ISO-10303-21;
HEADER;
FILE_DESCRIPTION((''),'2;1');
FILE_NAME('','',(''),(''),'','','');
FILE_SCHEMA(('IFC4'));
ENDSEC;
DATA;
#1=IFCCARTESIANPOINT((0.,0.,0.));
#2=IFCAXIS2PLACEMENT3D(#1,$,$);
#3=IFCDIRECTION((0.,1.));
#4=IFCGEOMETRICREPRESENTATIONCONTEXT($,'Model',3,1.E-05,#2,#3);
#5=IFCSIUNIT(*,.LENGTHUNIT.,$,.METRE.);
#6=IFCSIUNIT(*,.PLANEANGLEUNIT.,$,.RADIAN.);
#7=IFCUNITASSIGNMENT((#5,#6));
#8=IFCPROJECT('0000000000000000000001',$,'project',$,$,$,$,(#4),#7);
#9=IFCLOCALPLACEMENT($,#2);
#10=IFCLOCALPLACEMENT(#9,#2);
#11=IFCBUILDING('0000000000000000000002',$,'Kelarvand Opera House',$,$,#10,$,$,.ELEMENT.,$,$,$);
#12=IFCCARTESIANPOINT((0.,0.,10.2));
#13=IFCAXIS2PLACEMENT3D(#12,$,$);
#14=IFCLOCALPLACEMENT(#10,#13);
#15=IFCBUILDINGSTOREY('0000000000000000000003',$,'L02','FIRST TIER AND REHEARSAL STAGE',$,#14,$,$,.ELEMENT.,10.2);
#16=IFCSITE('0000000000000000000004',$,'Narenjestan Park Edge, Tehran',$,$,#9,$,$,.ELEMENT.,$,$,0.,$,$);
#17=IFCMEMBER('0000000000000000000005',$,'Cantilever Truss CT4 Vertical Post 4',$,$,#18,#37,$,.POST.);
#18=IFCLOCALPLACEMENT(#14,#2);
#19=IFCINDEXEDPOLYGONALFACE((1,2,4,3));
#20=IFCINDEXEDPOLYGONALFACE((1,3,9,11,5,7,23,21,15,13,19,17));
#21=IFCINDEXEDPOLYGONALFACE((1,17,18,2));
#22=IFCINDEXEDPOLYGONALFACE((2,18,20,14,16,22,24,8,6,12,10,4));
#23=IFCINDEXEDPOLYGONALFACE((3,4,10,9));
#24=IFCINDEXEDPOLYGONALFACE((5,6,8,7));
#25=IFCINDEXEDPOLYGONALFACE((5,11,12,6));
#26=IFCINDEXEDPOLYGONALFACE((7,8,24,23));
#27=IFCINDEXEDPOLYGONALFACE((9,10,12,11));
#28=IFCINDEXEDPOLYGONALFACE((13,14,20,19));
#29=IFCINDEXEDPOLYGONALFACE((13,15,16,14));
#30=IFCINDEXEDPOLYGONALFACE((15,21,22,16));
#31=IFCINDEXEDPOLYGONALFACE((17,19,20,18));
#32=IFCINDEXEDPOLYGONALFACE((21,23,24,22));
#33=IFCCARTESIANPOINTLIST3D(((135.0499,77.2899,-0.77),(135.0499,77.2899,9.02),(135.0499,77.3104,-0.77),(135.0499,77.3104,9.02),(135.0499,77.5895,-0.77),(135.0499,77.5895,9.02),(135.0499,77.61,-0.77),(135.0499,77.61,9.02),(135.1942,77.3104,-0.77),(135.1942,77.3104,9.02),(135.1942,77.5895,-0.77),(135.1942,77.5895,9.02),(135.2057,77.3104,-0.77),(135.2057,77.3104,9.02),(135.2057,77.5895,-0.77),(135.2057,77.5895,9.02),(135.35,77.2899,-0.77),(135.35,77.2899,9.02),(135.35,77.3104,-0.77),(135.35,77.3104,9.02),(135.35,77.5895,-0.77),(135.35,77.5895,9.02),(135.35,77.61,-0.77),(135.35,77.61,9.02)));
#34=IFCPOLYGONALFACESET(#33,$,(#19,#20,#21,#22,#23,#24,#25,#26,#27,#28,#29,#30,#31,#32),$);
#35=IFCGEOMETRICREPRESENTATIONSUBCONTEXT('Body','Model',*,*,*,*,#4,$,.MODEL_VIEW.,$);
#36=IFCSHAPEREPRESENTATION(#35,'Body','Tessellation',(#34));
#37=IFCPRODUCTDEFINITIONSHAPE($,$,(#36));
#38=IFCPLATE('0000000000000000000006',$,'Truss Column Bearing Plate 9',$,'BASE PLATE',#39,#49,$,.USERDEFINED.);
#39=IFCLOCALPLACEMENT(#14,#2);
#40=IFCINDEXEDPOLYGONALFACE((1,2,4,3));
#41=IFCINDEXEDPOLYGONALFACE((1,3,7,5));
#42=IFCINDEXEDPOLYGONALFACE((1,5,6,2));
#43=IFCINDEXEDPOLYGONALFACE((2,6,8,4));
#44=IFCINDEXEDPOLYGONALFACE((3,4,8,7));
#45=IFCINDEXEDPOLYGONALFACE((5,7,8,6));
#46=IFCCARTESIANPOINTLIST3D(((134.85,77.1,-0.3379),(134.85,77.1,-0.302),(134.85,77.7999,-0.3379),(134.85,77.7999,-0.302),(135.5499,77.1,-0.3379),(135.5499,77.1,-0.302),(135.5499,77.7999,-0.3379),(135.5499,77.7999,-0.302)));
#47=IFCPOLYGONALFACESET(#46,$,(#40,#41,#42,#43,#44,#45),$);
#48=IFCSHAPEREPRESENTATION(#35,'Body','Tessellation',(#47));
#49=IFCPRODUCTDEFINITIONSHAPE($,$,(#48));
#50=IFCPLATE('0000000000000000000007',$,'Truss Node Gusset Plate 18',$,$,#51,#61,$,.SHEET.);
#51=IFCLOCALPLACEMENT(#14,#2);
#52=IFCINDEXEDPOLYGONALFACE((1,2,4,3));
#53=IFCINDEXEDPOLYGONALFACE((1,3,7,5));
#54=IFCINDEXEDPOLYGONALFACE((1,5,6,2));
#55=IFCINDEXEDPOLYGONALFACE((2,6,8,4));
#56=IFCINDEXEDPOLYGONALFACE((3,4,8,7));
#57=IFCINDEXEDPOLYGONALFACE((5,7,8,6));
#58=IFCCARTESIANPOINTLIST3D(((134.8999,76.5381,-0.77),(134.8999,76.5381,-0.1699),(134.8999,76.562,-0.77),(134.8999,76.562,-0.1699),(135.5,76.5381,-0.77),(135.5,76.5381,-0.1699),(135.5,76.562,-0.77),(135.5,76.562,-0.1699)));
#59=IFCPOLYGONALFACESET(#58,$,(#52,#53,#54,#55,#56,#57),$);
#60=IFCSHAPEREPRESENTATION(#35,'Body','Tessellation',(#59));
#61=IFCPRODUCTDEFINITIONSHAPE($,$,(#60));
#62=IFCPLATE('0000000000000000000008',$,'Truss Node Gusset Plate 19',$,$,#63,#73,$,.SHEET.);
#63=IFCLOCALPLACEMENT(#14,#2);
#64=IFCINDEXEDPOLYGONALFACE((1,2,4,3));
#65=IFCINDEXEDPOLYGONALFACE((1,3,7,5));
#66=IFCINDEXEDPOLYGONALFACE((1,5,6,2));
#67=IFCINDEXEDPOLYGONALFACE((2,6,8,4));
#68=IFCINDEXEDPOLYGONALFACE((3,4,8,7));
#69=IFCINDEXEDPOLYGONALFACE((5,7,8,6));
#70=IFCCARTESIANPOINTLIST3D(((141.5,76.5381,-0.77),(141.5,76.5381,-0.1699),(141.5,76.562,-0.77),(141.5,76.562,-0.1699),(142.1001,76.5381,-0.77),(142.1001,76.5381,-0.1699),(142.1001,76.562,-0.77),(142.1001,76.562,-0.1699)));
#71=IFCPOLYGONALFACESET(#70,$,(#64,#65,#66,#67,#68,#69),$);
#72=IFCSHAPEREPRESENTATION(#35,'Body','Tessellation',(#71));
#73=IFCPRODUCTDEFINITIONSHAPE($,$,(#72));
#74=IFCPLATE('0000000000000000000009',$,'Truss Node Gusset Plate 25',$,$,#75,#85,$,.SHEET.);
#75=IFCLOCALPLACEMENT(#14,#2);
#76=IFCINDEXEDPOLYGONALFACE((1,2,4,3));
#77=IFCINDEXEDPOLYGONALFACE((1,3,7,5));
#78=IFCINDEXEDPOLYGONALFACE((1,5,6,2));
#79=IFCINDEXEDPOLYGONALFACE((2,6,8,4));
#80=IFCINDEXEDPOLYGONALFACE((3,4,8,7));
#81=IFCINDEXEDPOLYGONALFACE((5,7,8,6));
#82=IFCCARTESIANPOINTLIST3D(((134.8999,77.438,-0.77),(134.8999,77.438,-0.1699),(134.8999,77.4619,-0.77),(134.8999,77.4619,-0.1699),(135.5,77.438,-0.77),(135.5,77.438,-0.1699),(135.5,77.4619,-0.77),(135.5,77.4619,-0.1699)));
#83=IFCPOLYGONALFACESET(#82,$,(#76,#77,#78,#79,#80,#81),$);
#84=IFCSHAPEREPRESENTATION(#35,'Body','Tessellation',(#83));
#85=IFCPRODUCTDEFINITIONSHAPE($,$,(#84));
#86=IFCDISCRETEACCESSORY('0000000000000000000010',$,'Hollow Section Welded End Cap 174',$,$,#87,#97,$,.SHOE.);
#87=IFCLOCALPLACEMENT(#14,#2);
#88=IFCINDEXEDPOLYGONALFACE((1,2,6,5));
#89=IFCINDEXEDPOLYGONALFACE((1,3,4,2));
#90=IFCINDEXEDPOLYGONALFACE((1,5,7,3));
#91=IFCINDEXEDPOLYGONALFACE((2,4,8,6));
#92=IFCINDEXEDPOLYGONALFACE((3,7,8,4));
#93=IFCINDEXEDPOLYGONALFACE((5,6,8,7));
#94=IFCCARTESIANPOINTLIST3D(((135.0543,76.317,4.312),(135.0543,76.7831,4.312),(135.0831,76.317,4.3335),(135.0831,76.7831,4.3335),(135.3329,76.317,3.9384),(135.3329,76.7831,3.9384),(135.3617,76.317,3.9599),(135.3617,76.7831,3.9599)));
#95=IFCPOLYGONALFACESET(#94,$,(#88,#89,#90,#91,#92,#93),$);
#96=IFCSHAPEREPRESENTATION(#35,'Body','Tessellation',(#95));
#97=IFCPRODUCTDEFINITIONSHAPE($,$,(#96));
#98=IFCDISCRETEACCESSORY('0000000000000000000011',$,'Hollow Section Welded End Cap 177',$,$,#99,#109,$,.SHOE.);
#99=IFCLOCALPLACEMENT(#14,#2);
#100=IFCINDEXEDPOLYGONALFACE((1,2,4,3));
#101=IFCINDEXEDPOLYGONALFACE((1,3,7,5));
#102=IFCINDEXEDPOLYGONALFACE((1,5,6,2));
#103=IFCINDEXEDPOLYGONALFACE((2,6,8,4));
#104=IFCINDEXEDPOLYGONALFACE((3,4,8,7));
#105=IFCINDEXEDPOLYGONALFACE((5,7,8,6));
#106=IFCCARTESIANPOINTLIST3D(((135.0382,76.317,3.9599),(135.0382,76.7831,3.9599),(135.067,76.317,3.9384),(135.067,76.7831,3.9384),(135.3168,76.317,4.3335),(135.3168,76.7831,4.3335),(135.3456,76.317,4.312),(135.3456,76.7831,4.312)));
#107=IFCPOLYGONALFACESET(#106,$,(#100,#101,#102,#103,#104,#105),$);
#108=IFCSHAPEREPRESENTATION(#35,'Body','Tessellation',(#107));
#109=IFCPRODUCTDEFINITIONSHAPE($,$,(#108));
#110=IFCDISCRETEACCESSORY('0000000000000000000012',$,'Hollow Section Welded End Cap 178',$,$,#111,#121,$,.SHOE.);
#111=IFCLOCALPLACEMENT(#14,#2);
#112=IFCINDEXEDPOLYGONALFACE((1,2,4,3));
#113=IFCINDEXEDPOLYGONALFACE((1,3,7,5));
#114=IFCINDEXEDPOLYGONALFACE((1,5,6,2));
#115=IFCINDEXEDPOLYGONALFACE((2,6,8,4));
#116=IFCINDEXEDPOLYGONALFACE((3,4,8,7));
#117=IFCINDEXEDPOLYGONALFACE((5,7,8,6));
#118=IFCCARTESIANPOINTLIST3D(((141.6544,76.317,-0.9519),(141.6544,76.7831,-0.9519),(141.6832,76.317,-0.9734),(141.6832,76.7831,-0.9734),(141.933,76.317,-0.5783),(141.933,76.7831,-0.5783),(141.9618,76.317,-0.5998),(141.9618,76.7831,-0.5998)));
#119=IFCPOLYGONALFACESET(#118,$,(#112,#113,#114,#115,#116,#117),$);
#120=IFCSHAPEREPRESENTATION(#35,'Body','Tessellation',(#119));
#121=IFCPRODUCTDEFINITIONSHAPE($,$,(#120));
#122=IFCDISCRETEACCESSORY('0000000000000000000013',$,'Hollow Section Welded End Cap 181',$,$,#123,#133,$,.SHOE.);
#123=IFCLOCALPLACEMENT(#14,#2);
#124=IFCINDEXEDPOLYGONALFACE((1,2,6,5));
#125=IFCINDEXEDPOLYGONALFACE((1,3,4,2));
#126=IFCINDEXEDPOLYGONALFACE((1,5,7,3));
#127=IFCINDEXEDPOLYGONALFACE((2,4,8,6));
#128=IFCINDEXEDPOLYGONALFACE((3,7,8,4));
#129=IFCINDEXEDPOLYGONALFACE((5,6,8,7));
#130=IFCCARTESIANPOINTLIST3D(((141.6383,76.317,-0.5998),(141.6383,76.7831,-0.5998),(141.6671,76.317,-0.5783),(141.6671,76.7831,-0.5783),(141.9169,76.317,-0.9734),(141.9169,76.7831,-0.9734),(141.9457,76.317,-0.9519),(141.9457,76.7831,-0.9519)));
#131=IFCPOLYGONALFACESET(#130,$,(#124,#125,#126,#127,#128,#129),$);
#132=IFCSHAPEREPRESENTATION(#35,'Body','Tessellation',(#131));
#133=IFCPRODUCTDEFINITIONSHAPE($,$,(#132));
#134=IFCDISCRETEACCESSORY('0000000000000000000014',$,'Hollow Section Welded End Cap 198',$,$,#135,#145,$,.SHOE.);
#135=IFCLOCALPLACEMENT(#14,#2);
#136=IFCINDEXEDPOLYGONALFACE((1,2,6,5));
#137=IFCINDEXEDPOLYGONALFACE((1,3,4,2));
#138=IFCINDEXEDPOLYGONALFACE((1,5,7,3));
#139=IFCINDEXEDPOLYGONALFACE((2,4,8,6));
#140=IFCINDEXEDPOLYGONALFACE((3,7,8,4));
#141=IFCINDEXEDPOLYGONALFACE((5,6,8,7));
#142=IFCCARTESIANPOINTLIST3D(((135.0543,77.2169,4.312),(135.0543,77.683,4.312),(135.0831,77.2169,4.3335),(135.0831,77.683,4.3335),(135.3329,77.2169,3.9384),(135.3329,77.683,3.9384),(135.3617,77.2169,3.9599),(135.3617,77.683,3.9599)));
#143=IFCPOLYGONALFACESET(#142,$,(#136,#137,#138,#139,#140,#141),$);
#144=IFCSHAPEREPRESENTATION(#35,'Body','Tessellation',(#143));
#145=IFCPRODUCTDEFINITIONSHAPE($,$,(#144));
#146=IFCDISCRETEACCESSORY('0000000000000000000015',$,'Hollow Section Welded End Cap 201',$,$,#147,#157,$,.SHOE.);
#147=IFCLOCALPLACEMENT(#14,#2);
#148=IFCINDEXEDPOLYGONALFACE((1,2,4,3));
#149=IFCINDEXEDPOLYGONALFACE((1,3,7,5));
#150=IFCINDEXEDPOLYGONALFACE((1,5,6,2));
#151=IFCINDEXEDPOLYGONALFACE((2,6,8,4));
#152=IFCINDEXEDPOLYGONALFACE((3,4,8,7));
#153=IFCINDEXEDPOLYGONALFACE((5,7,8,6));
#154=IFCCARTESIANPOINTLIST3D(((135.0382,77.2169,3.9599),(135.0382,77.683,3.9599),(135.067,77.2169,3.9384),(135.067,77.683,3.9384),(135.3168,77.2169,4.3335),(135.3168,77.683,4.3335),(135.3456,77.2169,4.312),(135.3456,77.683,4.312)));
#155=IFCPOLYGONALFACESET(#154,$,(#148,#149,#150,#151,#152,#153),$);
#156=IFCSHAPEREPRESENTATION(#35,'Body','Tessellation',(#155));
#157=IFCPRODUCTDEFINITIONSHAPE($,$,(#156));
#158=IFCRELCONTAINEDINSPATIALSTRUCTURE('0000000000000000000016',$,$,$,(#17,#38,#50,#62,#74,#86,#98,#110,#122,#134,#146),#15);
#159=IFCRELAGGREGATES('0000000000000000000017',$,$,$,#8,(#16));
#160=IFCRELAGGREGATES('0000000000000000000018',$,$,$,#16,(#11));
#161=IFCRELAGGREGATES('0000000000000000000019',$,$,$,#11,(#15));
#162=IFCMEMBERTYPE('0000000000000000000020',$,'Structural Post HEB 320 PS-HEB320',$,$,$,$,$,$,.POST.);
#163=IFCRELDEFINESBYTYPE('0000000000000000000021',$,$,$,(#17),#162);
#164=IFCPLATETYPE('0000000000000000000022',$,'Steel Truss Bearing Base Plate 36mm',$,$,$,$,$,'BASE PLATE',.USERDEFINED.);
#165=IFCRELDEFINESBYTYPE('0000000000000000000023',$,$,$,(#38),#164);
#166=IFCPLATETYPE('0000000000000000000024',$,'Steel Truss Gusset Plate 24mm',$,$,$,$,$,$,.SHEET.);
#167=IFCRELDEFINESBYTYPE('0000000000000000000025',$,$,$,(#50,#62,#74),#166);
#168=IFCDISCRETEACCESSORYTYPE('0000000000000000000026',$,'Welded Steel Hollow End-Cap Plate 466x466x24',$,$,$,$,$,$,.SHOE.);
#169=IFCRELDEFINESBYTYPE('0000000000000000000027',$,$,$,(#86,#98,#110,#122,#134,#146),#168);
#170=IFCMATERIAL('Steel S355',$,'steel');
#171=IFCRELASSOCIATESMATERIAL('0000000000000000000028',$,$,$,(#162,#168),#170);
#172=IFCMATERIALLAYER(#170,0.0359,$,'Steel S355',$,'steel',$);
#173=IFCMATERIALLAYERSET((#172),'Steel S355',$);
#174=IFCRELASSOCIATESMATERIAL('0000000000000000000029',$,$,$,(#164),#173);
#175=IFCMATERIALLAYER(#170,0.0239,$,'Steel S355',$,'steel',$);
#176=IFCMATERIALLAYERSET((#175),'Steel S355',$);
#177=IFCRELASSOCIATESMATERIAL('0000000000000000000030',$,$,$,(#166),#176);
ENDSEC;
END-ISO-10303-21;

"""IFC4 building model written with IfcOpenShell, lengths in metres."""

from ifc_helpers import new_model, si_unit, direction, frame, origin, origin_2d, place, context, subcontext, project, spatial, rectangle, i_section, extrude, material, layer, layer_set, material_profile, profile_set, type_object, element, save


model = new_model("IFC4")

# Units and contexts
model_context = context("Model", 3, precision=1e-05, world=origin(), true_north=direction((0.0, 1.0)))
body_context = subcontext(model_context, "Body", "Model", "MODEL_VIEW")
ifc_project = project(units=[si_unit("LENGTHUNIT", "METRE"), si_unit("PLANEANGLEUNIT", "RADIAN")], contexts=[model_context])

# Site, building, storey
site_placement = place(None, origin())
site = spatial("IfcSite", under=ifc_project, at=site_placement, Name="Narenjestan Park Edge, Tehran", CompositionType="ELEMENT", RefElevation=0.0)
building_placement = place(site_placement, origin())
building = spatial("IfcBuilding", under=site, at=building_placement, Name="Kelarvand Opera House", CompositionType="ELEMENT")
storey_placement = place(building_placement, frame((0.0, 0.0, 10.2)))
storey = spatial("IfcBuildingStorey", under=building, at=storey_placement, Name="L02", Description="FIRST TIER AND REHEARSAL STAGE", CompositionType="ELEMENT", Elevation=10.2)

# Shared definitions
ifc_material_1 = material(Name="Steel S355", Category="steel")

# Member
ifc_material_profile_1 = material_profile(ifc_material_1, i_section(OverallWidth=0.3, OverallDepth=0.3201, WebThickness=0.0115, FlangeThickness=0.0205, at=origin_2d()), Name="HEB 320", Category="steel")
ifc_profile_set_1 = profile_set([ifc_material_profile_1], Name="Steel S355")
member_type_1 = type_object("IfcMemberType", Name="Structural Post HEB 320 PS-HEB320", PredefinedType="POST", material=ifc_profile_set_1)
for number, where, z_axis, x_axis, name in (
    (1, (135.2, 77.45, -0.77), (0.0, 0.0, 1.0), (1.0, 0.0, 0.0), "Cantilever Truss CT4 Vertical Post 4"),
):
    element("IfcMember", number, at=place(storey_placement, frame(where, z_axis=z_axis, x_axis=x_axis)), inside=storey, type_object=member_type_1, Name=name, PredefinedType="POST", context=body_context, shape_type="SweptSolid", body=[
        extrude(i_section(OverallWidth=0.3, OverallDepth=0.3201, WebThickness=0.0115, FlangeThickness=0.0205, at=origin_2d()), origin(), (0.0, 0.0, 1.0), 9.79),
    ])

# Plates
ifc_layer_1 = layer(ifc_material_1, 0.0359, Name="Steel S355", Category="steel")
ifc_layer_set_1 = layer_set([ifc_layer_1], Name="Steel S355")
plate_type_1 = type_object("IfcPlateType", Name="Steel Truss Bearing Base Plate 36mm", ElementType="BASE PLATE", PredefinedType="USERDEFINED", material=ifc_layer_set_1)
plate_placement = place(storey_placement, frame((135.2, 77.45, -0.3379), z_axis=(0.0, 0.0, 1.0), x_axis=(1.0, 0.0, 0.0)))
element("IfcPlate", 2, at=plate_placement, inside=storey, type_object=plate_type_1, Name="Truss Column Bearing Plate 9", ObjectType="BASE PLATE", PredefinedType="USERDEFINED", context=body_context, shape_type="SweptSolid", body=[
    extrude(rectangle(XDim=0.7, YDim=0.7, at=origin_2d()), origin(), (0.0, 0.0, 1.0), 0.0359),
])
ifc_layer_2 = layer(ifc_material_1, 0.0239, Name="Steel S355", Category="steel")
ifc_layer_set_2 = layer_set([ifc_layer_2], Name="Steel S355")
plate_type_2 = type_object("IfcPlateType", Name="Steel Truss Gusset Plate 24mm", PredefinedType="SHEET", material=ifc_layer_set_2)
for number, where, z_axis, x_axis, name in (
    (3, (135.2, 76.55, -0.77), (0.0, 0.0, 1.0), (1.0, 0.0, 0.0), "Truss Node Gusset Plate 18"),
    (4, (141.8, 76.55, -0.77), (0.0, 0.0, 1.0), (1.0, 0.0, 0.0), "Truss Node Gusset Plate 19"),
    (5, (135.2, 77.45, -0.77), (0.0, 0.0, 1.0), (1.0, 0.0, 0.0), "Truss Node Gusset Plate 25"),
):
    element("IfcPlate", number, at=place(storey_placement, frame(where, z_axis=z_axis, x_axis=x_axis)), inside=storey, type_object=plate_type_2, Name=name, PredefinedType="SHEET", context=body_context, shape_type="SweptSolid", body=[
        extrude(rectangle(XDim=0.6001, YDim=0.0239, at=origin_2d()), origin(), (0.0, 0.0, 1.0), 0.6001),
    ])

# Discrete accessories
ifc_material_profile_2 = material_profile(ifc_material_1, rectangle(XDim=0.4661, YDim=0.4661, at=origin_2d()), Name="Welded Steel Hollow End-Cap Plate 466x466x24", Category="steel")
ifc_profile_set_2 = profile_set([ifc_material_profile_2], Name="Steel S355")
discrete_accessory_type = type_object("IfcDiscreteAccessoryType", Name="Welded Steel Hollow End-Cap Plate 466x466x24", PredefinedType="SHOE", material=ifc_profile_set_2)
for number, where, z_axis, x_axis, name in (
    (6, (135.1936, 76.55, 4.1252), (0.801627, 0.0, 0.597824), (0.0, 1.0, 0.0), "Hollow Section Welded End Cap 174"),
    (7, (135.2063, 76.55, 4.1252), (-0.801627, 0.0, 0.597824), (0.0, -1.0, 0.0), "Hollow Section Welded End Cap 177"),
    (8, (141.7937, 76.55, -0.7651), (0.801627, 0.0, -0.597824), (0.0, 1.0, 0.0), "Hollow Section Welded End Cap 178"),
    (9, (141.8064, 76.55, -0.7651), (-0.801627, 0.0, -0.597824), (0.0, -1.0, 0.0), "Hollow Section Welded End Cap 181"),
    (10, (135.1936, 77.45, 4.1252), (0.801627, 0.0, 0.597824), (0.0, 1.0, 0.0), "Hollow Section Welded End Cap 198"),
    (11, (135.2063, 77.45, 4.1252), (-0.801627, 0.0, 0.597824), (0.0, -1.0, 0.0), "Hollow Section Welded End Cap 201"),
):
    element("IfcDiscreteAccessory", number, at=place(storey_placement, frame(where, z_axis=z_axis, x_axis=x_axis)), inside=storey, type_object=discrete_accessory_type, Name=name, PredefinedType="SHOE", context=body_context, shape_type="SweptSolid", body=[
        extrude(rectangle(XDim=0.4661, YDim=0.4661, at=origin_2d()), origin(), (0.0, 0.0, 1.0), 0.0359),
    ])

save(model, "model.ifc")
